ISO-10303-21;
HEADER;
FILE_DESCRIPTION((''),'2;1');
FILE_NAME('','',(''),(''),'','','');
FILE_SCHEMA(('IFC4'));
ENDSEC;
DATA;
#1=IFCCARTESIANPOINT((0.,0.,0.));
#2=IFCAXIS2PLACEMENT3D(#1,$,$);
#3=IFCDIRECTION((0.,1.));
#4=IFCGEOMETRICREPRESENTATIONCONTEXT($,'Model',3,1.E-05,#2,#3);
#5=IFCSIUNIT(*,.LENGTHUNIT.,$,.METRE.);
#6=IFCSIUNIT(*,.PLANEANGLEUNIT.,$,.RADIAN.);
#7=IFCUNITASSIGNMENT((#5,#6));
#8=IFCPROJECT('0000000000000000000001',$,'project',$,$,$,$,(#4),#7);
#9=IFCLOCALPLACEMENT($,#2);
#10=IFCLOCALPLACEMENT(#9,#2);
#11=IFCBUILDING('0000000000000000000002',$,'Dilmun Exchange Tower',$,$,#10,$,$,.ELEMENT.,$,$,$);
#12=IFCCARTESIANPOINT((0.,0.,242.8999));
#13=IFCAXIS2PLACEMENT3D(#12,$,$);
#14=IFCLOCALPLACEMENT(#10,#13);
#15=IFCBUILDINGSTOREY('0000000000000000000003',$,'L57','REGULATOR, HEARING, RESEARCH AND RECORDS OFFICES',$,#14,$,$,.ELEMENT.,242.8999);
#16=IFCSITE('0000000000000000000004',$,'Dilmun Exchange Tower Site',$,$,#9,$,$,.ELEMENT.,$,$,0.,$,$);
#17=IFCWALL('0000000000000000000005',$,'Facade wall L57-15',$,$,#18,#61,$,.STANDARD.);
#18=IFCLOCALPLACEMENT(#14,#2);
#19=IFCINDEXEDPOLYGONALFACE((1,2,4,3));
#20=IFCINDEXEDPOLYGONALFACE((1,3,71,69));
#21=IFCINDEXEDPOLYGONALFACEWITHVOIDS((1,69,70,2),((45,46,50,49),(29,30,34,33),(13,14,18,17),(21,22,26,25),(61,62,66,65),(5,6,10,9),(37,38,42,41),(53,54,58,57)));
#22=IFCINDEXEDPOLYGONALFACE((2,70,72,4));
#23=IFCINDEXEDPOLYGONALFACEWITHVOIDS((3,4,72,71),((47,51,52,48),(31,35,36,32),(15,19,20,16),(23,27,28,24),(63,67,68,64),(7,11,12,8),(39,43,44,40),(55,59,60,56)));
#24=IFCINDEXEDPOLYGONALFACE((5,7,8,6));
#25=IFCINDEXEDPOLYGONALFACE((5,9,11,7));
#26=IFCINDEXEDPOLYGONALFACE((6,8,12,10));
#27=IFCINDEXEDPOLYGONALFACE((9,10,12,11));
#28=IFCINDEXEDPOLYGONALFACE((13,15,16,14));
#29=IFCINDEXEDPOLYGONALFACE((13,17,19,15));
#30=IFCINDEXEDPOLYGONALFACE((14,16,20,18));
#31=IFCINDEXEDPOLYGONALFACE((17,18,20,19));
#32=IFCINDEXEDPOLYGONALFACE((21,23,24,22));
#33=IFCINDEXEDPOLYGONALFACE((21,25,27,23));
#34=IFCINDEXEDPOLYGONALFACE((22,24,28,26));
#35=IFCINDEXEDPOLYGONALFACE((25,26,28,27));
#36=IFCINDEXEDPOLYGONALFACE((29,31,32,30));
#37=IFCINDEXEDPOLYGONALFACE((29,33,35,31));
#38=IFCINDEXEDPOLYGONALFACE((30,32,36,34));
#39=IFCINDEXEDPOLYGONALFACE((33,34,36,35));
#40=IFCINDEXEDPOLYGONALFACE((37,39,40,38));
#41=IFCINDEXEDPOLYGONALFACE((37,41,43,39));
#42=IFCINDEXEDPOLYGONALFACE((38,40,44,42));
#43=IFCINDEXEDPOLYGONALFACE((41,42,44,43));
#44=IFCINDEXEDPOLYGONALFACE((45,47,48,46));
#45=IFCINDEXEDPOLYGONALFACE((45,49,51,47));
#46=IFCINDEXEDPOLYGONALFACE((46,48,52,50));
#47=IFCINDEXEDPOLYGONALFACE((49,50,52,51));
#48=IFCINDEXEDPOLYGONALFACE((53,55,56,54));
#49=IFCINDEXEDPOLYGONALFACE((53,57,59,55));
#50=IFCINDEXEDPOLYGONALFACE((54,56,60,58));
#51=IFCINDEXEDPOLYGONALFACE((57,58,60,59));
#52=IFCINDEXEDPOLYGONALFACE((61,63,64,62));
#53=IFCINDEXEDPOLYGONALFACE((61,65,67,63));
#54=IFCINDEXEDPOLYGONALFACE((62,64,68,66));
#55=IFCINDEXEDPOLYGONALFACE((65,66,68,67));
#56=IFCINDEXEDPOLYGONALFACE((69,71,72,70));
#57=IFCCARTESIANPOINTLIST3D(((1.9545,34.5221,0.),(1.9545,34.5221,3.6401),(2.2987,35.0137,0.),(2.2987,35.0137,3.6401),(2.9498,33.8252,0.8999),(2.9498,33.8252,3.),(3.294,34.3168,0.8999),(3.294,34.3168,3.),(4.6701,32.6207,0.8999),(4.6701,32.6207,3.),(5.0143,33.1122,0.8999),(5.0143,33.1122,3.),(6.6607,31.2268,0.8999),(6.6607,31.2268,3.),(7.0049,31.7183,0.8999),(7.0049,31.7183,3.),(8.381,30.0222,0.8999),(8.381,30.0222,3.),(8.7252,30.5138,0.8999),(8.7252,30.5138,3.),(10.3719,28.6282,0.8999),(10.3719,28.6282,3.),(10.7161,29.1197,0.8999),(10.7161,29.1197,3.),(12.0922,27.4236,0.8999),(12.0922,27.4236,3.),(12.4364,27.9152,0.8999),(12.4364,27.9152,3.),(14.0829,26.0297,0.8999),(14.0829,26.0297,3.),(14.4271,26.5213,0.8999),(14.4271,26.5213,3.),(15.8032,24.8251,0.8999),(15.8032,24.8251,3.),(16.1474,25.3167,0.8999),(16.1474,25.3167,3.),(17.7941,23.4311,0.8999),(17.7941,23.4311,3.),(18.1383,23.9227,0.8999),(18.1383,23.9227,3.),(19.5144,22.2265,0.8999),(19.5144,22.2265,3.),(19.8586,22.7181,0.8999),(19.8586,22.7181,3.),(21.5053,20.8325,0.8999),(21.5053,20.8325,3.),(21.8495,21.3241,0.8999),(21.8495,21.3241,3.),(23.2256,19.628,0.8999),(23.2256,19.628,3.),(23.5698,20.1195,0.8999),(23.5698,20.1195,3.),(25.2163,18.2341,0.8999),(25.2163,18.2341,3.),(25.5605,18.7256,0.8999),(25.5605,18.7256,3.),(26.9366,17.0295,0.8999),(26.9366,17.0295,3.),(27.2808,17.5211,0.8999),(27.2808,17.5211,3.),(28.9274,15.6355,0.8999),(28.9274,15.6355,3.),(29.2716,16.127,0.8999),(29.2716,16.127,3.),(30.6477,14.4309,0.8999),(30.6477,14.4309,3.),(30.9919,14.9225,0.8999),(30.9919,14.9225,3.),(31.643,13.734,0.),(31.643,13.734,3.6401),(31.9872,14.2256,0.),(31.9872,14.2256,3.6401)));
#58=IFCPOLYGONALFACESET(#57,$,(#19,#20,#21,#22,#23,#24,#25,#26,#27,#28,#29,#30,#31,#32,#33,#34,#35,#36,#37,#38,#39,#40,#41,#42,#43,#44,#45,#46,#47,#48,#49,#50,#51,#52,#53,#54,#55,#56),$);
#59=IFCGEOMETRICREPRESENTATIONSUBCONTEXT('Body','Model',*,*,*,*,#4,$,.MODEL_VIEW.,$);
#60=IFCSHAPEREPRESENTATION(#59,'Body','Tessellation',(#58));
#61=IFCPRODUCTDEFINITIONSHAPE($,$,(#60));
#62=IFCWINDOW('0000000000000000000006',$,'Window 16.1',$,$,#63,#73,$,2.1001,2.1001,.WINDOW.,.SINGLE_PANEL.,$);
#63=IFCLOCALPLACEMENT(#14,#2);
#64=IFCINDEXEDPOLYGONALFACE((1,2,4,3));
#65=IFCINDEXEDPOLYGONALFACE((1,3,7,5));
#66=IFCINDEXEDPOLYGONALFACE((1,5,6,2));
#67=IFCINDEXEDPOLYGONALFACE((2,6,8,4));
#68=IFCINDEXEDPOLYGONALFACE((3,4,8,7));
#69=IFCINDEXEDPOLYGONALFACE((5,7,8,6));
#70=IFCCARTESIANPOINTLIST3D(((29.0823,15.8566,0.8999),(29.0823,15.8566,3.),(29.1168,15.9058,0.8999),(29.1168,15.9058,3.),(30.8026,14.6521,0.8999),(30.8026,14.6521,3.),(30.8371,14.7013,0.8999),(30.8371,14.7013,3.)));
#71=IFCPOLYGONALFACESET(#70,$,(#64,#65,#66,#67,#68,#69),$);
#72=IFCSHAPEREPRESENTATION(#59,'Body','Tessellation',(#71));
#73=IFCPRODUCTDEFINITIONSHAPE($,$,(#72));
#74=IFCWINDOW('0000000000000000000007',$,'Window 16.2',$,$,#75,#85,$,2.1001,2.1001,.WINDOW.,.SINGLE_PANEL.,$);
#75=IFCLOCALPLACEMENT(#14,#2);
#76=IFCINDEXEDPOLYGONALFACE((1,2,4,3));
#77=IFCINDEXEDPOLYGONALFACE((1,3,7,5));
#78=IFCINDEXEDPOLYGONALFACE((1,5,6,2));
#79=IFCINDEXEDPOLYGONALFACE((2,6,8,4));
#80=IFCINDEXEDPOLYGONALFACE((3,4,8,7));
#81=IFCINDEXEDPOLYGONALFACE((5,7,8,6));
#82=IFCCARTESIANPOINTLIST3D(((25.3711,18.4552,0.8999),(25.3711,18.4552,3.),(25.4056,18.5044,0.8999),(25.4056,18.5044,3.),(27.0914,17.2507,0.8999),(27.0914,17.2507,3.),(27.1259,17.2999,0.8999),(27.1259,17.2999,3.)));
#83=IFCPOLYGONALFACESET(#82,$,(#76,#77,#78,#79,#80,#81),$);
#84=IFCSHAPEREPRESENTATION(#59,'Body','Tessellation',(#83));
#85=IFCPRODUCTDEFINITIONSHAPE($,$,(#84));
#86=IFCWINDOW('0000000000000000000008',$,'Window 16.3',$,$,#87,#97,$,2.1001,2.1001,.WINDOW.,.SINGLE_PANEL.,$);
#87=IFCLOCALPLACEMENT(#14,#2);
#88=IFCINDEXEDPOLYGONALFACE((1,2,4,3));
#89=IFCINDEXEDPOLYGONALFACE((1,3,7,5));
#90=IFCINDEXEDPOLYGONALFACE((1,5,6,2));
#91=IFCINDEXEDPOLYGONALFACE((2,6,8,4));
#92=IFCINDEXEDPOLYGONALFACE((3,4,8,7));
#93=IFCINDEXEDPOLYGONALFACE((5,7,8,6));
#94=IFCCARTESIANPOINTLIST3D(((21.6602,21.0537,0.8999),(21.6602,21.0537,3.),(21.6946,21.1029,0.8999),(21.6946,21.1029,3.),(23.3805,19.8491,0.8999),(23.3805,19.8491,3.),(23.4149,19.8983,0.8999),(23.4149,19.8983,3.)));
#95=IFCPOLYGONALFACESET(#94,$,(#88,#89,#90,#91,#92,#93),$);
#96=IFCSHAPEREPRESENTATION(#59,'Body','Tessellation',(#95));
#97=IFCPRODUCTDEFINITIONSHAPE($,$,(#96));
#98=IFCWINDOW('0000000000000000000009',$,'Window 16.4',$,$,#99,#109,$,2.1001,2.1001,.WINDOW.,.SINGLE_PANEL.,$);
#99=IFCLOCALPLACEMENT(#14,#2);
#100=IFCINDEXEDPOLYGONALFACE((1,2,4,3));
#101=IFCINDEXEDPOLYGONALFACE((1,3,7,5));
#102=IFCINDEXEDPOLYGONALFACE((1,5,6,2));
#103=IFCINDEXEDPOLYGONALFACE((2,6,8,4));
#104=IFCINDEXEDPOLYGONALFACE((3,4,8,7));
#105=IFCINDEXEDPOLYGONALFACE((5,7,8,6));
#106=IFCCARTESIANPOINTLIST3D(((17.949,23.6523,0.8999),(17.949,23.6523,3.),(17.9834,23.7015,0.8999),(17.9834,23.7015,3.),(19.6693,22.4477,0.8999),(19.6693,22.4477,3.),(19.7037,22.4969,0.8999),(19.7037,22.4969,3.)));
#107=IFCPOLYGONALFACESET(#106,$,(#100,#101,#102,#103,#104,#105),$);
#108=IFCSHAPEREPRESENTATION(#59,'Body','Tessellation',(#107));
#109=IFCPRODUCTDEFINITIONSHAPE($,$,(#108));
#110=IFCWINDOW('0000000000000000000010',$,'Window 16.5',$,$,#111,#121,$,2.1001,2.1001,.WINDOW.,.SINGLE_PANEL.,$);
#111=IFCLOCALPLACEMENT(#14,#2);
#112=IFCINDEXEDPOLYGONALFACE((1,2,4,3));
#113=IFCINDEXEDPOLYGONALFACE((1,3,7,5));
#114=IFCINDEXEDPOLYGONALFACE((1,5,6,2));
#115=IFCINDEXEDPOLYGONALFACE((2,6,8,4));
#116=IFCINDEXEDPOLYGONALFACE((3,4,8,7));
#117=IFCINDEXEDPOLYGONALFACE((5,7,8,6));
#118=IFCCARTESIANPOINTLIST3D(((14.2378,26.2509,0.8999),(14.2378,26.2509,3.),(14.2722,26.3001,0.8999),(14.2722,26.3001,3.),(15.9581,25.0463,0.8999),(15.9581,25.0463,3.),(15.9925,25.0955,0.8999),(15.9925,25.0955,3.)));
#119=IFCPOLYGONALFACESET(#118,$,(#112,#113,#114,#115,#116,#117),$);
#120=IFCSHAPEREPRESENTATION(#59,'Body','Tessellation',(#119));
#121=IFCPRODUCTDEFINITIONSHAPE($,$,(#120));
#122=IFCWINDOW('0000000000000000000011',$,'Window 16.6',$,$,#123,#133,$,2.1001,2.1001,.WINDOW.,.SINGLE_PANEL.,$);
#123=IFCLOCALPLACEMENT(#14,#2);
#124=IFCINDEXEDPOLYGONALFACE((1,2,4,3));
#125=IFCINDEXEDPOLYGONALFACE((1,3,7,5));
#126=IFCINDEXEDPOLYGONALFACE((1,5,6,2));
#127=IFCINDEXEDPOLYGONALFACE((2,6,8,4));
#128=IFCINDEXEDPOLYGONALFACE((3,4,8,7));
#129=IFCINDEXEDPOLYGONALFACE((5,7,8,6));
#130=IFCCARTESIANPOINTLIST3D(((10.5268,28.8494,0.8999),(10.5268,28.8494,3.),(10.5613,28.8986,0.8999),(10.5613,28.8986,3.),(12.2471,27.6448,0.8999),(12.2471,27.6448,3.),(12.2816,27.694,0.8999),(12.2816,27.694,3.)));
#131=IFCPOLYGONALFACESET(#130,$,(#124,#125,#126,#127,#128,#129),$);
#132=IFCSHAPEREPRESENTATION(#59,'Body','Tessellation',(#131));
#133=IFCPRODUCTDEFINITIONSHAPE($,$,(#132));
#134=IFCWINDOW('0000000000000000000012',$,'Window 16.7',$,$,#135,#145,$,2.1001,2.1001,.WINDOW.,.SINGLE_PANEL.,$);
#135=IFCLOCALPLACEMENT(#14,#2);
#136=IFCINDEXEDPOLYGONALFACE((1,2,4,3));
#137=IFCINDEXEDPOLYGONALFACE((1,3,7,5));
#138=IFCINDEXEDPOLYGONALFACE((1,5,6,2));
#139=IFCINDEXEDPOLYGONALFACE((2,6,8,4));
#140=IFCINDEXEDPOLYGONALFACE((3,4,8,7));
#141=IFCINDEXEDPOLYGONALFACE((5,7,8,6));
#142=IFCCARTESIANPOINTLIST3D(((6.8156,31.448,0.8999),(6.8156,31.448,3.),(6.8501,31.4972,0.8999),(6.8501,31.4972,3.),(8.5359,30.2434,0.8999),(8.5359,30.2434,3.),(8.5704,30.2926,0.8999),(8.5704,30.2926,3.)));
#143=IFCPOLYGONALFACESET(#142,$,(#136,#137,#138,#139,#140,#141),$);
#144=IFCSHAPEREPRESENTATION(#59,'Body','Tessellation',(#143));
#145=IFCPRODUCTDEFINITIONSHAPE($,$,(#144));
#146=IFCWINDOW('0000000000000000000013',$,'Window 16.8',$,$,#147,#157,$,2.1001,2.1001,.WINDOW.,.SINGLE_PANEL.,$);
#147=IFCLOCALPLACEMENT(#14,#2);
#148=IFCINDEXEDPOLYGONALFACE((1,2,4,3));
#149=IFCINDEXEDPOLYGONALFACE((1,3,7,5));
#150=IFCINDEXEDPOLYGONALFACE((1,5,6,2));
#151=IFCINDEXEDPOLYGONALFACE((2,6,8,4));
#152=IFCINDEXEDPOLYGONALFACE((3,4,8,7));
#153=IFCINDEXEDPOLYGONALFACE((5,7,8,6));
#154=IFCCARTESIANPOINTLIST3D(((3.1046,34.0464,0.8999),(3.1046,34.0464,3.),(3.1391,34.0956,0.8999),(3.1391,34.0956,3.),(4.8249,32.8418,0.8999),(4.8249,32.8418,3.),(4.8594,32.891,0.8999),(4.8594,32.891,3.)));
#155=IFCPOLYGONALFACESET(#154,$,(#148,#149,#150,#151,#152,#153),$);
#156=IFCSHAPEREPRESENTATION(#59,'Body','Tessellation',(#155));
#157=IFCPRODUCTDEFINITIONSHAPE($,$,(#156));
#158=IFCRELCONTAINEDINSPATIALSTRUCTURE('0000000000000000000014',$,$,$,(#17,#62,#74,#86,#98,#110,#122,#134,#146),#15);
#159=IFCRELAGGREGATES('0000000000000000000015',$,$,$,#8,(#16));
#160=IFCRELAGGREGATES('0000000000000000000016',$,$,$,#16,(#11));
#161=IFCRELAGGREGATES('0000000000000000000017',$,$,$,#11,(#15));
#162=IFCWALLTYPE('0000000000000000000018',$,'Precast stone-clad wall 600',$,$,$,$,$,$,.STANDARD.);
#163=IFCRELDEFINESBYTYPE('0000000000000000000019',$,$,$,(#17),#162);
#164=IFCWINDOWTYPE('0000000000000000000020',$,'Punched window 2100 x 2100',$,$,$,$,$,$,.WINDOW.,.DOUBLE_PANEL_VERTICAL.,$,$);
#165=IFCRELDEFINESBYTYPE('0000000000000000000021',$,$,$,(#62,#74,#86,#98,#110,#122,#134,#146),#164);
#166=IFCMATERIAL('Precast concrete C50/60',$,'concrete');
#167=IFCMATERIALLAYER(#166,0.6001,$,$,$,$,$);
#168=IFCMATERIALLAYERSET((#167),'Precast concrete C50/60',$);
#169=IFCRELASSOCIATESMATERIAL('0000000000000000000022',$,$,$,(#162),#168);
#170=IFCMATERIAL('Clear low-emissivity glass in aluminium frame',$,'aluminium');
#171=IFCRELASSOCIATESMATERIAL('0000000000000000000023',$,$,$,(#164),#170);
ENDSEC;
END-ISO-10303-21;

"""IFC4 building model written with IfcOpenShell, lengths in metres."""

from ifc_helpers import new_model, si_unit, direction, frame, frame_2d, origin, place, context, subcontext, project, spatial, rectangle, extrude, material, layer, layer_set, type_object, element, fill, save


model = new_model("IFC4")

# Units and contexts
model_context = context("Model", 3, precision=1e-05, world=origin(), true_north=direction((0.0, 1.0)))
body_context = subcontext(model_context, "Body", "Model", "MODEL_VIEW")
ifc_project = project(units=[si_unit("LENGTHUNIT", "METRE"), si_unit("PLANEANGLEUNIT", "RADIAN")], contexts=[model_context])

# Site, building, storey
site_placement = place(None, origin())
site = spatial("IfcSite", under=ifc_project, at=site_placement, Name="Dilmun Exchange Tower Site", CompositionType="ELEMENT", RefElevation=0.0)
building_placement = place(site_placement, origin())
building = spatial("IfcBuilding", under=site, at=building_placement, Name="Dilmun Exchange Tower", CompositionType="ELEMENT")
storey_placement = place(building_placement, frame((0.0, 0.0, 242.8999)))
storey = spatial("IfcBuildingStorey", under=building, at=storey_placement, Name="L57", Description="REGULATOR, HEARING, RESEARCH AND RECORDS OFFICES", CompositionType="ELEMENT", Elevation=242.8999)

# Shared definitions
ifc_material_1 = material(Name="Precast concrete C50/60", Category="concrete")
ifc_layer_1 = layer(ifc_material_1, 0.6001)
ifc_layer_set_1 = layer_set([ifc_layer_1], Name="Precast concrete C50/60")
wall_type_1 = type_object("IfcWallType", Name="Precast stone-clad wall 600", PredefinedType="STANDARD", material=ifc_layer_set_1)
ifc_material_2 = material(Name="Clear low-emissivity glass in aluminium frame", Category="aluminium")

# Wall, openings, windows
wall_1_placement = place(storey_placement, frame((31.8152, 13.9797, 0.0), z_axis=(0.0, 0.0, 1.0), x_axis=(-0.819152, 0.573576, 0.0)))
wall_1 = element("IfcWall", 1, at=wall_1_placement, inside=storey, type_object=wall_type_1, Name="Facade wall L57-15", PredefinedType="STANDARD", context=body_context, shape_type="SweptSolid", body=[
    extrude(rectangle(XDim=36.2429, YDim=0.6001, at=frame_2d((18.1216, 0.0))), origin(), (0.0, 0.0, 1.0), 3.6401),
])
opening_1_placement = place(wall_1_placement, frame((1.2151, 0.0, 0.8999)))
opening_1 = element("IfcOpeningElement", 2, at=opening_1_placement, cuts=wall_1, PredefinedType="OPENING", context=body_context, shape_type="SweptSolid", body=[
    extrude(rectangle(XDim=2.1001, YDim=2.1001, at=frame_2d((1.05, 1.05))), frame((0.0, 0.3101, 0.0), z_axis=(0.0, -1.0, 0.0), x_axis=(1.0, 0.0, 0.0)), (0.0, 0.0, 1.0), 0.6201),
])
opening_2_placement = place(wall_1_placement, frame((5.7456, 0.0, 0.8999)))
opening_2 = element("IfcOpeningElement", 3, at=opening_2_placement, cuts=wall_1, PredefinedType="OPENING", context=body_context, shape_type="SweptSolid", body=[
    extrude(rectangle(XDim=2.1001, YDim=2.1001, at=frame_2d((1.05, 1.05))), frame((0.0, 0.3101, 0.0), z_axis=(0.0, -1.0, 0.0), x_axis=(1.0, 0.0, 0.0)), (0.0, 0.0, 1.0), 0.6201),
])
opening_3_placement = place(wall_1_placement, frame((10.2759, 0.0, 0.8999)))
opening_3 = element("IfcOpeningElement", 4, at=opening_3_placement, cuts=wall_1, PredefinedType="OPENING", context=body_context, shape_type="SweptSolid", body=[
    extrude(rectangle(XDim=2.1001, YDim=2.1001, at=frame_2d((1.05, 1.05))), frame((0.0, 0.3101, 0.0), z_axis=(0.0, -1.0, 0.0), x_axis=(1.0, 0.0, 0.0)), (0.0, 0.0, 1.0), 0.6201),
])
opening_4_placement = place(wall_1_placement, frame((14.8064, 0.0, 0.8999)))
opening_4 = element("IfcOpeningElement", 5, at=opening_4_placement, cuts=wall_1, PredefinedType="OPENING", context=body_context, shape_type="SweptSolid", body=[
    extrude(rectangle(XDim=2.1001, YDim=2.1001, at=frame_2d((1.05, 1.05))), frame((0.0, 0.3101, 0.0), z_axis=(0.0, -1.0, 0.0), x_axis=(1.0, 0.0, 0.0)), (0.0, 0.0, 1.0), 0.6201),
])
opening_5_placement = place(wall_1_placement, frame((19.3369, 0.0, 0.8999)))
opening_5 = element("IfcOpeningElement", 6, at=opening_5_placement, cuts=wall_1, PredefinedType="OPENING", context=body_context, shape_type="SweptSolid", body=[
    extrude(rectangle(XDim=2.1001, YDim=2.1001, at=frame_2d((1.05, 1.05))), frame((0.0, 0.3101, 0.0), z_axis=(0.0, -1.0, 0.0), x_axis=(1.0, 0.0, 0.0)), (0.0, 0.0, 1.0), 0.6201),
])
opening_6_placement = place(wall_1_placement, frame((23.8672, 0.0, 0.8999)))
opening_6 = element("IfcOpeningElement", 7, at=opening_6_placement, cuts=wall_1, PredefinedType="OPENING", context=body_context, shape_type="SweptSolid", body=[
    extrude(rectangle(XDim=2.1001, YDim=2.1001, at=frame_2d((1.05, 1.05))), frame((0.0, 0.3101, 0.0), z_axis=(0.0, -1.0, 0.0), x_axis=(1.0, 0.0, 0.0)), (0.0, 0.0, 1.0), 0.6201),
])
opening_7_placement = place(wall_1_placement, frame((28.3977, 0.0, 0.8999)))
opening_7 = element("IfcOpeningElement", 8, at=opening_7_placement, cuts=wall_1, PredefinedType="OPENING", context=body_context, shape_type="SweptSolid", body=[
    extrude(rectangle(XDim=2.1001, YDim=2.1001, at=frame_2d((1.05, 1.05))), frame((0.0, 0.3101, 0.0), z_axis=(0.0, -1.0, 0.0), x_axis=(1.0, 0.0, 0.0)), (0.0, 0.0, 1.0), 0.6201),
])
opening_8_placement = place(wall_1_placement, frame((32.928, 0.0, 0.8999)))
opening_8 = element("IfcOpeningElement", 9, at=opening_8_placement, cuts=wall_1, PredefinedType="OPENING", context=body_context, shape_type="SweptSolid", body=[
    extrude(rectangle(XDim=2.1001, YDim=2.1001, at=frame_2d((1.05, 1.05))), frame((0.0, 0.3101, 0.0), z_axis=(0.0, -1.0, 0.0), x_axis=(1.0, 0.0, 0.0)), (0.0, 0.0, 1.0), 0.6201),
])
window_type_1 = type_object("IfcWindowType", Name="Punched window 2100 x 2100", PartitioningType="DOUBLE_PANEL_VERTICAL", PredefinedType="WINDOW", material=ifc_material_2)
window_1_placement = place(opening_1_placement, origin())
window_1 = element("IfcWindow", 10, at=window_1_placement, inside=storey, type_object=window_type_1, Name="Window 16.1", OverallHeight=2.1001, OverallWidth=2.1001, PartitioningType="SINGLE_PANEL", PredefinedType="WINDOW", context=body_context, shape_type="SweptSolid", body=[
    extrude(rectangle(XDim=2.1001, YDim=2.1001, at=frame_2d((1.05, 1.05))), frame((0.0, 0.03, 0.0), z_axis=(0.0, -1.0, 0.0), x_axis=(1.0, 0.0, 0.0)), (0.0, 0.0, 1.0), 0.0601),
])
fill(opening_1, window_1)
window_2_placement = place(opening_2_placement, origin())
window_2 = element("IfcWindow", 11, at=window_2_placement, inside=storey, type_object=window_type_1, Name="Window 16.2", OverallHeight=2.1001, OverallWidth=2.1001, PartitioningType="SINGLE_PANEL", PredefinedType="WINDOW", context=body_context, shape_type="SweptSolid", body=[
    extrude(rectangle(XDim=2.1001, YDim=2.1001, at=frame_2d((1.05, 1.05))), frame((0.0, 0.03, 0.0), z_axis=(0.0, -1.0, 0.0), x_axis=(1.0, 0.0, 0.0)), (0.0, 0.0, 1.0), 0.0601),
])
fill(opening_2, window_2)
window_3_placement = place(opening_3_placement, origin())
window_3 = element("IfcWindow", 12, at=window_3_placement, inside=storey, type_object=window_type_1, Name="Window 16.3", OverallHeight=2.1001, OverallWidth=2.1001, PartitioningType="SINGLE_PANEL", PredefinedType="WINDOW", context=body_context, shape_type="SweptSolid", body=[
    extrude(rectangle(XDim=2.1001, YDim=2.1001, at=frame_2d((1.05, 1.05))), frame((0.0, 0.03, 0.0), z_axis=(0.0, -1.0, 0.0), x_axis=(1.0, 0.0, 0.0)), (0.0, 0.0, 1.0), 0.0601),
])
fill(opening_3, window_3)
window_4_placement = place(opening_4_placement, origin())
window_4 = element("IfcWindow", 13, at=window_4_placement, inside=storey, type_object=window_type_1, Name="Window 16.4", OverallHeight=2.1001, OverallWidth=2.1001, PartitioningType="SINGLE_PANEL", PredefinedType="WINDOW", context=body_context, shape_type="SweptSolid", body=[
    extrude(rectangle(XDim=2.1001, YDim=2.1001, at=frame_2d((1.05, 1.05))), frame((0.0, 0.03, 0.0), z_axis=(0.0, -1.0, 0.0), x_axis=(1.0, 0.0, 0.0)), (0.0, 0.0, 1.0), 0.0601),
])
fill(opening_4, window_4)
window_5_placement = place(opening_5_placement, origin())
window_5 = element("IfcWindow", 14, at=window_5_placement, inside=storey, type_object=window_type_1, Name="Window 16.5", OverallHeight=2.1001, OverallWidth=2.1001, PartitioningType="SINGLE_PANEL", PredefinedType="WINDOW", context=body_context, shape_type="SweptSolid", body=[
    extrude(rectangle(XDim=2.1001, YDim=2.1001, at=frame_2d((1.05, 1.05))), frame((0.0, 0.03, 0.0), z_axis=(0.0, -1.0, 0.0), x_axis=(1.0, 0.0, 0.0)), (0.0, 0.0, 1.0), 0.0601),
])
fill(opening_5, window_5)
window_6_placement = place(opening_6_placement, origin())
window_6 = element("IfcWindow", 15, at=window_6_placement, inside=storey, type_object=window_type_1, Name="Window 16.6", OverallHeight=2.1001, OverallWidth=2.1001, PartitioningType="SINGLE_PANEL", PredefinedType="WINDOW", context=body_context, shape_type="SweptSolid", body=[
    extrude(rectangle(XDim=2.1001, YDim=2.1001, at=frame_2d((1.05, 1.05))), frame((0.0, 0.03, 0.0), z_axis=(0.0, -1.0, 0.0), x_axis=(1.0, 0.0, 0.0)), (0.0, 0.0, 1.0), 0.0601),
])
fill(opening_6, window_6)
window_7_placement = place(opening_7_placement, origin())
window_7 = element("IfcWindow", 16, at=window_7_placement, inside=storey, type_object=window_type_1, Name="Window 16.7", OverallHeight=2.1001, OverallWidth=2.1001, PartitioningType="SINGLE_PANEL", PredefinedType="WINDOW", context=body_context, shape_type="SweptSolid", body=[
    extrude(rectangle(XDim=2.1001, YDim=2.1001, at=frame_2d((1.05, 1.05))), frame((0.0, 0.03, 0.0), z_axis=(0.0, -1.0, 0.0), x_axis=(1.0, 0.0, 0.0)), (0.0, 0.0, 1.0), 0.0601),
])
fill(opening_7, window_7)
window_8_placement = place(opening_8_placement, origin())
window_8 = element("IfcWindow", 17, at=window_8_placement, inside=storey, type_object=window_type_1, Name="Window 16.8", OverallHeight=2.1001, OverallWidth=2.1001, PartitioningType="SINGLE_PANEL", PredefinedType="WINDOW", context=body_context, shape_type="SweptSolid", body=[
    extrude(rectangle(XDim=2.1001, YDim=2.1001, at=frame_2d((1.05, 1.05))), frame((0.0, 0.03, 0.0), z_axis=(0.0, -1.0, 0.0), x_axis=(1.0, 0.0, 0.0)), (0.0, 0.0, 1.0), 0.0601),
])
fill(opening_8, window_8)

save(model, "model.ifc")
